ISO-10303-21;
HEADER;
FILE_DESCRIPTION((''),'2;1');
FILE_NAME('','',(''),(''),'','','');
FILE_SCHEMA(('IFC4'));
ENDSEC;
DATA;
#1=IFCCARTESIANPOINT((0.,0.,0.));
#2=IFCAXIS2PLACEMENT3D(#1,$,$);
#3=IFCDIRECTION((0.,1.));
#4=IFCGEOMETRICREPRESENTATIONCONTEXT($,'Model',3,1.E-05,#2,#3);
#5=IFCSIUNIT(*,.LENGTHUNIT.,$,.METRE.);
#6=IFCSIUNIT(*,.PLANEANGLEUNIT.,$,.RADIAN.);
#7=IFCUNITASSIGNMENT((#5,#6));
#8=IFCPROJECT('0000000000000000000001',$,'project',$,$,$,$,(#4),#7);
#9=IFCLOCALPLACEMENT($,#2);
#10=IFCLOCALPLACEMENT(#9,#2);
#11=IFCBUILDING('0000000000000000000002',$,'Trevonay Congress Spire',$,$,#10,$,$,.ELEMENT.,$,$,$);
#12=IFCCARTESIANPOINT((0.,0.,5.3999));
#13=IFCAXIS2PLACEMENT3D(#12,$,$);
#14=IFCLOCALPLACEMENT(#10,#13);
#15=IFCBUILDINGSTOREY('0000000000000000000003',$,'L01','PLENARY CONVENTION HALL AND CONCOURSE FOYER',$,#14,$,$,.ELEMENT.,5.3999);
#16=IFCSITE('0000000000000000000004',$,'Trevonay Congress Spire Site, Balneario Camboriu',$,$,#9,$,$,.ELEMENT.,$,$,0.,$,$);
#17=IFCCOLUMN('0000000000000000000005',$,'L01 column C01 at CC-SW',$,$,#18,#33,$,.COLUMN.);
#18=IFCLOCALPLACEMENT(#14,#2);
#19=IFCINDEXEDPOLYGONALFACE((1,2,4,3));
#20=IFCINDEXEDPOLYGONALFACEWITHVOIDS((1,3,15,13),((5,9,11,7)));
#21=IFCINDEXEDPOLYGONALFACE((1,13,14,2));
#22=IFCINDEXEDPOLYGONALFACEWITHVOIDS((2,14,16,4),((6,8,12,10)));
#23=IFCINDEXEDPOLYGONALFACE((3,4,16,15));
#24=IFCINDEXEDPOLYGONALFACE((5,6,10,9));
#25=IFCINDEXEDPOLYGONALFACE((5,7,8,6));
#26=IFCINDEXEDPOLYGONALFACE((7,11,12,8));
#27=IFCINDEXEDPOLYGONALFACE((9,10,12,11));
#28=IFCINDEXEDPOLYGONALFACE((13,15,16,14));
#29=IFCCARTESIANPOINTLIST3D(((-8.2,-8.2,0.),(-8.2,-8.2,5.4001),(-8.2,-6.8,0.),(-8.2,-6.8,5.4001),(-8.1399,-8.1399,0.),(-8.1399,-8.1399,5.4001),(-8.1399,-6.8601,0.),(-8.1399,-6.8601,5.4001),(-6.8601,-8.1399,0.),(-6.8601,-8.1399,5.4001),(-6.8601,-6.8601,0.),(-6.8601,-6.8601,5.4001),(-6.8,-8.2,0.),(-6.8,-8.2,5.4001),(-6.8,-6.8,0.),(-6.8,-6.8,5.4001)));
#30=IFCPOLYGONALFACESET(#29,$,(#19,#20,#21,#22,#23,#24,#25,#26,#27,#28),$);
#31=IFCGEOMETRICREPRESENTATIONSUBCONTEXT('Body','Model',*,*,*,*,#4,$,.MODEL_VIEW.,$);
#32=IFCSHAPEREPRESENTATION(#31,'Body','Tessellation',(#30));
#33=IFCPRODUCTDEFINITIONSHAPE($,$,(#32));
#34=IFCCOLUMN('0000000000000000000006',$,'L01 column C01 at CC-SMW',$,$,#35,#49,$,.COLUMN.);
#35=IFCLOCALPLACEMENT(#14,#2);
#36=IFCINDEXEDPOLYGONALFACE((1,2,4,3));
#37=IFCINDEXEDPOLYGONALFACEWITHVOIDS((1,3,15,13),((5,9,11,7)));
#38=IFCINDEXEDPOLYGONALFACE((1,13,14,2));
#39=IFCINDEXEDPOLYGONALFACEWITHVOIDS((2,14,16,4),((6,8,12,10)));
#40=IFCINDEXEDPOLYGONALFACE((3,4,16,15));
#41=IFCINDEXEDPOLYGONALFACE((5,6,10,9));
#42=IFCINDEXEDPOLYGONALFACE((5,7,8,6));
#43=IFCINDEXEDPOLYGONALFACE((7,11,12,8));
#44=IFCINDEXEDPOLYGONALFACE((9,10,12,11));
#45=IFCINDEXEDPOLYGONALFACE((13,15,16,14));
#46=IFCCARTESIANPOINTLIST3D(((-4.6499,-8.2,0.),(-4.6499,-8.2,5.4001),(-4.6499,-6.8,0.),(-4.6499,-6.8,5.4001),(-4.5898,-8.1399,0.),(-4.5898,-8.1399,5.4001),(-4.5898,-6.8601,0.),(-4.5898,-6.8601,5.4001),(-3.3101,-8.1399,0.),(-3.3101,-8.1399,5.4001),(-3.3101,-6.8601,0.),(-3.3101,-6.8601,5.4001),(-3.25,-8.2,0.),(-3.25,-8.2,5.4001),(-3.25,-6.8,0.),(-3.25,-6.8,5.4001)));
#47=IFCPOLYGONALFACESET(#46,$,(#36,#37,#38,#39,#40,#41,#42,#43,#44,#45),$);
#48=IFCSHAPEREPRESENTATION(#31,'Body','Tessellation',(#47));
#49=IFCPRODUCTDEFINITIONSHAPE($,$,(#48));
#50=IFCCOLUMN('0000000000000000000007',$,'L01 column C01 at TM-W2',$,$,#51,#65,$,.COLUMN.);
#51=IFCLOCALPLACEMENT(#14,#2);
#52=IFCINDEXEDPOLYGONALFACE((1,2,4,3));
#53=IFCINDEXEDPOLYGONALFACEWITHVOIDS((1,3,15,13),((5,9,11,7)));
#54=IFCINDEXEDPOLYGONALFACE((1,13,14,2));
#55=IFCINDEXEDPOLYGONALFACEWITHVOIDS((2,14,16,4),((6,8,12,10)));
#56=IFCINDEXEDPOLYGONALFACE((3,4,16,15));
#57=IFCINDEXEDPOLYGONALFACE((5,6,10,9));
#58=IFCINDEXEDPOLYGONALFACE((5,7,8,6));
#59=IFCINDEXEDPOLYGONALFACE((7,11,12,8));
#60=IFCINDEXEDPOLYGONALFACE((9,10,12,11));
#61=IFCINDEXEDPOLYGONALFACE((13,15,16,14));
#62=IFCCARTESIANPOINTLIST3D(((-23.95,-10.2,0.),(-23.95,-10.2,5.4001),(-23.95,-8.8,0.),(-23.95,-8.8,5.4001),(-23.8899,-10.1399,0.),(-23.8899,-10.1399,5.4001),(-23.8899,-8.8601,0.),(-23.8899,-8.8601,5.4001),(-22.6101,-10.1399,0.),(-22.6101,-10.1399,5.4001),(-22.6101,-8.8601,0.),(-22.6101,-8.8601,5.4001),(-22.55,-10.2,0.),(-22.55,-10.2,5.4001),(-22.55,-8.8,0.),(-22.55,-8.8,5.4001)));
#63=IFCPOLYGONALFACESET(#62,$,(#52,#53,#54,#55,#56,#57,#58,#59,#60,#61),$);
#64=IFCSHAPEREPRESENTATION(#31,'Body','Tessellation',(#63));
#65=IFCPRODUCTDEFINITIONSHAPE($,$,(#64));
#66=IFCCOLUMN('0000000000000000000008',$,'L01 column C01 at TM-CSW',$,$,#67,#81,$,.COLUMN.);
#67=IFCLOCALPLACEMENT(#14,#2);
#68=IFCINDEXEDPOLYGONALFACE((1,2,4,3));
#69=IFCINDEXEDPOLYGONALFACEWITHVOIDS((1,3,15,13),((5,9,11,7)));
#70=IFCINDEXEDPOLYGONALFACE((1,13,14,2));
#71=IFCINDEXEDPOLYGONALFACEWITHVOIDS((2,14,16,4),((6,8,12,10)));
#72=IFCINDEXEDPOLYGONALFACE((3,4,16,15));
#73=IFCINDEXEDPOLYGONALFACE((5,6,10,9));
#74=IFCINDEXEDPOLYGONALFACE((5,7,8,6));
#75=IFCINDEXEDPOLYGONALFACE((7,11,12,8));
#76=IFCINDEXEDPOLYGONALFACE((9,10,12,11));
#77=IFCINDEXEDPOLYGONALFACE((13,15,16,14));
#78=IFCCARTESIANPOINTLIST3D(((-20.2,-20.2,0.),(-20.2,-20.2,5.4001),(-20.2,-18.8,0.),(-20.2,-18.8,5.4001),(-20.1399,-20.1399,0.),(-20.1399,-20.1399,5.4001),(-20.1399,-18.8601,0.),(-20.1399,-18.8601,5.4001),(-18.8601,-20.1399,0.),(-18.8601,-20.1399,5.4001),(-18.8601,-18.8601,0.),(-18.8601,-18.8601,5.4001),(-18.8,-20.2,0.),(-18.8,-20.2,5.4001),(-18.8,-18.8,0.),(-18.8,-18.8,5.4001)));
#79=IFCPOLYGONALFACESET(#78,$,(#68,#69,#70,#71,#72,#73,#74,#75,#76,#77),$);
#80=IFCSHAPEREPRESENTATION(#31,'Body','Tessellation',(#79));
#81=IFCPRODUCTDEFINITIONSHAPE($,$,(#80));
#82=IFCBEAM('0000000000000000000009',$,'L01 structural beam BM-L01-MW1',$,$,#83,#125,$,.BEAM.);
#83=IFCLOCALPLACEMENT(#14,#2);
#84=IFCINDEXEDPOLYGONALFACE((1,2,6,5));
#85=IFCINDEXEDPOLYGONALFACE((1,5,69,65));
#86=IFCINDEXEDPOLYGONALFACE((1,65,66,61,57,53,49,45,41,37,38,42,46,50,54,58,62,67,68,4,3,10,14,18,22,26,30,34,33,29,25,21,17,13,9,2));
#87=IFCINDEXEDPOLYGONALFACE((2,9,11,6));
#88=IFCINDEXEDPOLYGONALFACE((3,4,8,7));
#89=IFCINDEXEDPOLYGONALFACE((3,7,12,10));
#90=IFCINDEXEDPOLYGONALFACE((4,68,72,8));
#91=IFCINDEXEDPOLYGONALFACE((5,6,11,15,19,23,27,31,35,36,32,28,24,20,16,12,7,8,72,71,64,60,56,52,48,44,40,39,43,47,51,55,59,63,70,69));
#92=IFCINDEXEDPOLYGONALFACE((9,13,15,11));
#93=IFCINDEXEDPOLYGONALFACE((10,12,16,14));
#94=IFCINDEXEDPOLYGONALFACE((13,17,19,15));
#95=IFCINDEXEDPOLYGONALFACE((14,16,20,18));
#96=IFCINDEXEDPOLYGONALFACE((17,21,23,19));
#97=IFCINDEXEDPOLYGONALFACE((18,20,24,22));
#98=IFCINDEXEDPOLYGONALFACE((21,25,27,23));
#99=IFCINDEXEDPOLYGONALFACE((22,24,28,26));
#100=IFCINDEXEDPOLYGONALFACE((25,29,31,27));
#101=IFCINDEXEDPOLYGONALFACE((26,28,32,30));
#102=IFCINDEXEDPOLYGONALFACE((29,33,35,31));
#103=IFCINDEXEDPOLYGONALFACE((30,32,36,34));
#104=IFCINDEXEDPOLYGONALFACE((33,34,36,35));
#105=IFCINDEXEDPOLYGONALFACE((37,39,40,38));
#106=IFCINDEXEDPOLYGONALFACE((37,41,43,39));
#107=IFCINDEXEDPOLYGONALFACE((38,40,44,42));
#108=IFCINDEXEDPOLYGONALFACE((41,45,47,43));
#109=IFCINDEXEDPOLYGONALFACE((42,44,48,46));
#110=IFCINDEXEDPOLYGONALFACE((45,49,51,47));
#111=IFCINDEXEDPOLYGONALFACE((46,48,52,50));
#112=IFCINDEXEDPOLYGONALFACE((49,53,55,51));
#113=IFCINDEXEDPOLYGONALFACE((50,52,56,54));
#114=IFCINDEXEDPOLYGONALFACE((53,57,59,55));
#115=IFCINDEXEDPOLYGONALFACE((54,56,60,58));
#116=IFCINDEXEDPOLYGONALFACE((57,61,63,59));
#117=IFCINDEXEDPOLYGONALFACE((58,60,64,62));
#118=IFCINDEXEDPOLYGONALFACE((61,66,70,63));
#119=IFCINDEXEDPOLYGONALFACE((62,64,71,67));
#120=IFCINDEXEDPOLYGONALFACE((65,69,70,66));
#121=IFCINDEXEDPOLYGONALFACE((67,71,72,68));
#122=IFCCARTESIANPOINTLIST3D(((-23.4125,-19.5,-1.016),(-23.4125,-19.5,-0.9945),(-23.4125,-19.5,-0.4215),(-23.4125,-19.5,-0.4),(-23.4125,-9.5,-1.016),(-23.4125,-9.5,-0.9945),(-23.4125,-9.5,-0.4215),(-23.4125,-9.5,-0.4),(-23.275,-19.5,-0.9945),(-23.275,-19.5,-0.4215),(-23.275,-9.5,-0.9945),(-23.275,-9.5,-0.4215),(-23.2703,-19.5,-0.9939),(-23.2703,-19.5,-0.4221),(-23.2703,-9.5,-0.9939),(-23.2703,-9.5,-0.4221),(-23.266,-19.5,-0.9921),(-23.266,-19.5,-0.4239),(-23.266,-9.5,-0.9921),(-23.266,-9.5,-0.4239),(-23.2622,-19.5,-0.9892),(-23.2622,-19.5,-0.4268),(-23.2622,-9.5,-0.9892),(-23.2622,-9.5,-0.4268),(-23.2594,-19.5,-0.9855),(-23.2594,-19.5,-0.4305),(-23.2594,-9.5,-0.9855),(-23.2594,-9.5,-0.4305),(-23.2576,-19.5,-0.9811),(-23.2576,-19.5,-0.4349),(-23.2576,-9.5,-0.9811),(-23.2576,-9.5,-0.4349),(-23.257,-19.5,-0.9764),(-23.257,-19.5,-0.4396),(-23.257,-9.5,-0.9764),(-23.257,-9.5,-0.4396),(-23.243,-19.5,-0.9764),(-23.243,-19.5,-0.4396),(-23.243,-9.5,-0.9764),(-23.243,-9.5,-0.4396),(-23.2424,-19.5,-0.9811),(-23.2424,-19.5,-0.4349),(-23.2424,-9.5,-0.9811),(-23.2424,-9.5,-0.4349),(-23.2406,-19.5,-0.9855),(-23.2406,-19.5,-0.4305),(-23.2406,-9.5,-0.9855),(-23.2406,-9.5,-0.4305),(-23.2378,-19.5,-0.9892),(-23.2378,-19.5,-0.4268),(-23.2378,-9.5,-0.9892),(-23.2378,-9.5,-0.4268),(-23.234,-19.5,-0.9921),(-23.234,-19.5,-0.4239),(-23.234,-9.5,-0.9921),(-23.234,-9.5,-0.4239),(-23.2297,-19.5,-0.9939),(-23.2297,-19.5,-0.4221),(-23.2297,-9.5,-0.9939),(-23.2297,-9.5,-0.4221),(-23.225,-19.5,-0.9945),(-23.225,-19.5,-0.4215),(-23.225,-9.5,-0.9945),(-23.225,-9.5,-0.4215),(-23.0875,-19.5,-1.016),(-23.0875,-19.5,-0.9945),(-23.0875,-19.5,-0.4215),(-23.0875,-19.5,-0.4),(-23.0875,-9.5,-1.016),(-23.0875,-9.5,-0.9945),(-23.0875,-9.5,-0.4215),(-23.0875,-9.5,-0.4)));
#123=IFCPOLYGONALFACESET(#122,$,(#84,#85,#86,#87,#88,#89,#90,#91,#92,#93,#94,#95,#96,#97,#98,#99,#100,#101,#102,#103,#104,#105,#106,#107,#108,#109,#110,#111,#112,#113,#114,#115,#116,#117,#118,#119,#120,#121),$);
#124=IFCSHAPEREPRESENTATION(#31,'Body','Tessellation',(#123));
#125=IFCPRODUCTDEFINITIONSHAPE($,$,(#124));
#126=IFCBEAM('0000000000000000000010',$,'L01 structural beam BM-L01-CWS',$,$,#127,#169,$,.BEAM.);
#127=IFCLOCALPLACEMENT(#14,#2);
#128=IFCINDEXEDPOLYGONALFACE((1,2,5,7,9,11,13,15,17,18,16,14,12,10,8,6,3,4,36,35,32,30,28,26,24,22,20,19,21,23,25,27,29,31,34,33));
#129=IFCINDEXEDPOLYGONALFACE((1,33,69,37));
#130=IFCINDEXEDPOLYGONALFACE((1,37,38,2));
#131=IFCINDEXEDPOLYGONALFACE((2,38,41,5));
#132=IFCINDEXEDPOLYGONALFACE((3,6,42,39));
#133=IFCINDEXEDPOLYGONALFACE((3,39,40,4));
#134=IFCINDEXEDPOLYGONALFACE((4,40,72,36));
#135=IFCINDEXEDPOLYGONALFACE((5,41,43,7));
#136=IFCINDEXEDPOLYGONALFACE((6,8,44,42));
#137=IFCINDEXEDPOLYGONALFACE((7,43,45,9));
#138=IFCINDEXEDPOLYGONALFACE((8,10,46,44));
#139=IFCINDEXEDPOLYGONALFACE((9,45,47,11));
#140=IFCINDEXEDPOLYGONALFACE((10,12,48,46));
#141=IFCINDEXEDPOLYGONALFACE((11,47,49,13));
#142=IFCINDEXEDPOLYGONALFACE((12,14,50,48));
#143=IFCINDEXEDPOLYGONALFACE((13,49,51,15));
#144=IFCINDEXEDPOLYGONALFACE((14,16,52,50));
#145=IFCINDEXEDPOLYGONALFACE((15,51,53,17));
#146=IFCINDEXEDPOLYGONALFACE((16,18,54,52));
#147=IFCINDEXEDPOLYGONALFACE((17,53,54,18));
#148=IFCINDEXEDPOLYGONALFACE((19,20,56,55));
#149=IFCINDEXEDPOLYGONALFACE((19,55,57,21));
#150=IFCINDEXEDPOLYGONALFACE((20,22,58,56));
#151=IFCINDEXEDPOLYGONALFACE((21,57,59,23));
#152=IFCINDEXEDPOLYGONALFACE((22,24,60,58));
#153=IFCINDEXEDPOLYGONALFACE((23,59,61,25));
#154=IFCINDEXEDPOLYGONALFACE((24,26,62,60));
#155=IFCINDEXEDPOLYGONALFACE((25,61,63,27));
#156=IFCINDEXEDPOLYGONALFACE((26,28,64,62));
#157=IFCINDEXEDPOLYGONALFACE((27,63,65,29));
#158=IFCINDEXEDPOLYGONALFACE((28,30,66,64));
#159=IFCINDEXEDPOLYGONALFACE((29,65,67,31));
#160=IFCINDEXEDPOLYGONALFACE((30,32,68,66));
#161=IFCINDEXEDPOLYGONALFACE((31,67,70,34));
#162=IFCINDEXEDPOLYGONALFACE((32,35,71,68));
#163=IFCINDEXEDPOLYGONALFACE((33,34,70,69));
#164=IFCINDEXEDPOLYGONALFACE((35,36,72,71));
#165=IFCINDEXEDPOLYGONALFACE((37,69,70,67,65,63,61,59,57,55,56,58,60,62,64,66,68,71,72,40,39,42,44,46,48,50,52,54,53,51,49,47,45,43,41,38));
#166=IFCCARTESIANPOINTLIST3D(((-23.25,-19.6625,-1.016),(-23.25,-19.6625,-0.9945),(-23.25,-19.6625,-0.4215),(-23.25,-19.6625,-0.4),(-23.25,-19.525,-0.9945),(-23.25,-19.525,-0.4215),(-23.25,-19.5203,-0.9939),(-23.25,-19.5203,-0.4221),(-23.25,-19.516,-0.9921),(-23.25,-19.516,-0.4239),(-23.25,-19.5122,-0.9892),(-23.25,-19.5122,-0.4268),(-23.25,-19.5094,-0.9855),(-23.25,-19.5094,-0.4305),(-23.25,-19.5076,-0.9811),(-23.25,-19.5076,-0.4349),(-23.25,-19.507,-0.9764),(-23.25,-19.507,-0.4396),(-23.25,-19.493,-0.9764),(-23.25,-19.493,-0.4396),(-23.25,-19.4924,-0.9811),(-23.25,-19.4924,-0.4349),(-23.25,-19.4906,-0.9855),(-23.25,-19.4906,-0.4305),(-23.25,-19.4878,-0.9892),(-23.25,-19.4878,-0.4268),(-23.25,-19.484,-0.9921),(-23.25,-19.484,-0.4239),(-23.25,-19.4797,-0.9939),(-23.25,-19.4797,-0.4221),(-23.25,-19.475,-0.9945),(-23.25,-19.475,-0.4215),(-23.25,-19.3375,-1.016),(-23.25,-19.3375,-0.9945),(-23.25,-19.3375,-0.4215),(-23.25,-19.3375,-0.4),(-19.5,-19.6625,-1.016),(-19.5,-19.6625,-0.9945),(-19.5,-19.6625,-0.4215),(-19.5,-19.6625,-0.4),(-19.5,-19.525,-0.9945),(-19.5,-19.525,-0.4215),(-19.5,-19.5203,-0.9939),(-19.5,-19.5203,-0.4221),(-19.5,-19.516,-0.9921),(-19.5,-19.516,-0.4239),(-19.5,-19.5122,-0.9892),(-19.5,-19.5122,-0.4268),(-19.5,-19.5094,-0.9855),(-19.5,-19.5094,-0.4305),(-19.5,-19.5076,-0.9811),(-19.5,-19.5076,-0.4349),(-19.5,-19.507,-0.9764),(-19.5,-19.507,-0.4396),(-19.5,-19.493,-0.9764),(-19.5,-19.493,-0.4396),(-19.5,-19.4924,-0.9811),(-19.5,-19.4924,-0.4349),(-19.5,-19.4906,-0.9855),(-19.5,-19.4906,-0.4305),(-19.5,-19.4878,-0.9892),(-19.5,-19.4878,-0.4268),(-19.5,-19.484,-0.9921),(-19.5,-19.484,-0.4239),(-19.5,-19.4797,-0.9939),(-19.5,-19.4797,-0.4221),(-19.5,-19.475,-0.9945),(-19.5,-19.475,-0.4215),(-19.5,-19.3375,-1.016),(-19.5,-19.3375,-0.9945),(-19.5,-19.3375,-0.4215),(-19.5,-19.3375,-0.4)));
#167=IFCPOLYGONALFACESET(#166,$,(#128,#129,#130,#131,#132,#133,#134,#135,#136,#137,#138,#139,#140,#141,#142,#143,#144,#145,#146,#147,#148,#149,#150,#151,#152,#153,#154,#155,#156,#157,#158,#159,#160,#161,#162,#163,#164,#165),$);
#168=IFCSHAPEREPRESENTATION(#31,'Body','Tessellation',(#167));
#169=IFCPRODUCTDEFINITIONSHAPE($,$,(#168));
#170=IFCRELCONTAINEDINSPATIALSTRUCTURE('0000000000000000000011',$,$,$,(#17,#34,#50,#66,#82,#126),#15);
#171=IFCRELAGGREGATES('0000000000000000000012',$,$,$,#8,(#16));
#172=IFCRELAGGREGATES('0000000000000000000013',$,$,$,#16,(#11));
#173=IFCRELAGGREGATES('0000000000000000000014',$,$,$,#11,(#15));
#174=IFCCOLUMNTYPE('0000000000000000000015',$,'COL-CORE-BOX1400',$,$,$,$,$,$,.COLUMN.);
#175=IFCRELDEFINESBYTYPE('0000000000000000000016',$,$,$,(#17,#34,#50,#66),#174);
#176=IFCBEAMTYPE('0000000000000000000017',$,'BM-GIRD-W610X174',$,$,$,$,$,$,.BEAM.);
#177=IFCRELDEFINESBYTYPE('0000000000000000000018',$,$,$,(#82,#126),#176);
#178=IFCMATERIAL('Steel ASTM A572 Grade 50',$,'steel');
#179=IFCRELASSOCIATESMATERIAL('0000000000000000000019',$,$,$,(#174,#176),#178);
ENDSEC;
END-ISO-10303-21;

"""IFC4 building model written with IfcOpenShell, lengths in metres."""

from ifc_helpers import new_model, si_unit, direction, frame, origin, origin_2d, place, context, subcontext, project, spatial, hollow_rectangle, i_section, extrude, material, material_profile, profile_set, type_object, element, save


model = new_model("IFC4")

# Units and contexts
model_context = context("Model", 3, precision=1e-05, world=origin(), true_north=direction((0.0, 1.0)))
body_context = subcontext(model_context, "Body", "Model", "MODEL_VIEW")
ifc_project = project(units=[si_unit("LENGTHUNIT", "METRE"), si_unit("PLANEANGLEUNIT", "RADIAN")], contexts=[model_context])

# Site, building, storey
site_placement = place(None, origin())
site = spatial("IfcSite", under=ifc_project, at=site_placement, Name="Trevonay Congress Spire Site, Balneario Camboriu", CompositionType="ELEMENT", RefElevation=0.0)
building_placement = place(site_placement, origin())
building = spatial("IfcBuilding", under=site, at=building_placement, Name="Trevonay Congress Spire", CompositionType="ELEMENT")
storey_placement = place(building_placement, frame((0.0, 0.0, 5.3999)))
storey = spatial("IfcBuildingStorey", under=building, at=storey_placement, Name="L01", Description="PLENARY CONVENTION HALL AND CONCOURSE FOYER", CompositionType="ELEMENT", Elevation=5.3999)

# Columns
ifc_material_1 = material(Name="Steel ASTM A572 Grade 50", Category="steel")
ifc_material_profile_1 = material_profile(ifc_material_1, hollow_rectangle(XDim=1.3999, YDim=1.3999, WallThickness=0.0601, at=origin_2d()), Name="BOX 1400x1400x60")
ifc_profile_set_1 = profile_set([ifc_material_profile_1], Name="Steel ASTM A572 Grade 50")
column_type = type_object("IfcColumnType", Name="COL-CORE-BOX1400", PredefinedType="COLUMN", material=ifc_profile_set_1)
for number, where, z_axis, x_axis, name in (
    (1, (-7.5, -7.5, 0.0), (0.0, 0.0, 1.0), (1.0, 0.0, 0.0), "L01 column C01 at CC-SW"),
    (2, (-3.95, -7.5, 0.0), (0.0, 0.0, 1.0), (1.0, 0.0, 0.0), "L01 column C01 at CC-SMW"),
    (3, (-23.25, -9.5, 0.0), (0.0, 0.0, 1.0), (1.0, 0.0, 0.0), "L01 column C01 at TM-W2"),
    (4, (-19.5, -19.5, 0.0), (0.0, 0.0, 1.0), (1.0, 0.0, 0.0), "L01 column C01 at TM-CSW"),
):
    element("IfcColumn", number, at=place(storey_placement, frame(where, z_axis=z_axis, x_axis=x_axis)), inside=storey, type_object=column_type, Name=name, PredefinedType="COLUMN", context=body_context, shape_type="SweptSolid", body=[
        extrude(hollow_rectangle(XDim=1.3999, YDim=1.3999, WallThickness=0.0601, at=origin_2d()), origin(), (0.0, 0.0, 1.0), 5.4001),
    ])

# Beams
ifc_material_profile_2 = material_profile(ifc_material_1, i_section(OverallWidth=0.325, OverallDepth=0.616, WebThickness=0.0139, FlangeThickness=0.0215, FilletRadius=0.0181, at=origin_2d()), Name="W610x174")
ifc_profile_set_2 = profile_set([ifc_material_profile_2], Name="Steel ASTM A572 Grade 50")
beam_type_1 = type_object("IfcBeamType", Name="BM-GIRD-W610X174", PredefinedType="BEAM", material=ifc_profile_set_2)
beam_1_placement = place(storey_placement, frame((-23.25, -19.5, -0.708), z_axis=(0.0, 1.0, 0.0), x_axis=(-1.0, 0.0, 0.0)))
element("IfcBeam", 5, at=beam_1_placement, inside=storey, type_object=beam_type_1, Name="L01 structural beam BM-L01-MW1", PredefinedType="BEAM", context=body_context, shape_type="SweptSolid", body=[
    extrude(i_section(OverallWidth=0.325, OverallDepth=0.616, WebThickness=0.0139, FlangeThickness=0.0215, FilletRadius=0.0181, at=origin_2d()), origin(), (0.0, 0.0, 1.0), 10.0),
])
beam_2_placement = place(storey_placement, frame((-23.25, -19.5, -0.708), z_axis=(1.0, 0.0, 0.0), x_axis=(0.0, 1.0, 0.0)))
element("IfcBeam", 6, at=beam_2_placement, inside=storey, type_object=beam_type_1, Name="L01 structural beam BM-L01-CWS", PredefinedType="BEAM", context=body_context, shape_type="SweptSolid", body=[
    extrude(i_section(OverallWidth=0.325, OverallDepth=0.616, WebThickness=0.0139, FlangeThickness=0.0215, FilletRadius=0.0181, at=origin_2d()), origin(), (0.0, 0.0, 1.0), 3.75),
])

save(model, "model.ifc")
